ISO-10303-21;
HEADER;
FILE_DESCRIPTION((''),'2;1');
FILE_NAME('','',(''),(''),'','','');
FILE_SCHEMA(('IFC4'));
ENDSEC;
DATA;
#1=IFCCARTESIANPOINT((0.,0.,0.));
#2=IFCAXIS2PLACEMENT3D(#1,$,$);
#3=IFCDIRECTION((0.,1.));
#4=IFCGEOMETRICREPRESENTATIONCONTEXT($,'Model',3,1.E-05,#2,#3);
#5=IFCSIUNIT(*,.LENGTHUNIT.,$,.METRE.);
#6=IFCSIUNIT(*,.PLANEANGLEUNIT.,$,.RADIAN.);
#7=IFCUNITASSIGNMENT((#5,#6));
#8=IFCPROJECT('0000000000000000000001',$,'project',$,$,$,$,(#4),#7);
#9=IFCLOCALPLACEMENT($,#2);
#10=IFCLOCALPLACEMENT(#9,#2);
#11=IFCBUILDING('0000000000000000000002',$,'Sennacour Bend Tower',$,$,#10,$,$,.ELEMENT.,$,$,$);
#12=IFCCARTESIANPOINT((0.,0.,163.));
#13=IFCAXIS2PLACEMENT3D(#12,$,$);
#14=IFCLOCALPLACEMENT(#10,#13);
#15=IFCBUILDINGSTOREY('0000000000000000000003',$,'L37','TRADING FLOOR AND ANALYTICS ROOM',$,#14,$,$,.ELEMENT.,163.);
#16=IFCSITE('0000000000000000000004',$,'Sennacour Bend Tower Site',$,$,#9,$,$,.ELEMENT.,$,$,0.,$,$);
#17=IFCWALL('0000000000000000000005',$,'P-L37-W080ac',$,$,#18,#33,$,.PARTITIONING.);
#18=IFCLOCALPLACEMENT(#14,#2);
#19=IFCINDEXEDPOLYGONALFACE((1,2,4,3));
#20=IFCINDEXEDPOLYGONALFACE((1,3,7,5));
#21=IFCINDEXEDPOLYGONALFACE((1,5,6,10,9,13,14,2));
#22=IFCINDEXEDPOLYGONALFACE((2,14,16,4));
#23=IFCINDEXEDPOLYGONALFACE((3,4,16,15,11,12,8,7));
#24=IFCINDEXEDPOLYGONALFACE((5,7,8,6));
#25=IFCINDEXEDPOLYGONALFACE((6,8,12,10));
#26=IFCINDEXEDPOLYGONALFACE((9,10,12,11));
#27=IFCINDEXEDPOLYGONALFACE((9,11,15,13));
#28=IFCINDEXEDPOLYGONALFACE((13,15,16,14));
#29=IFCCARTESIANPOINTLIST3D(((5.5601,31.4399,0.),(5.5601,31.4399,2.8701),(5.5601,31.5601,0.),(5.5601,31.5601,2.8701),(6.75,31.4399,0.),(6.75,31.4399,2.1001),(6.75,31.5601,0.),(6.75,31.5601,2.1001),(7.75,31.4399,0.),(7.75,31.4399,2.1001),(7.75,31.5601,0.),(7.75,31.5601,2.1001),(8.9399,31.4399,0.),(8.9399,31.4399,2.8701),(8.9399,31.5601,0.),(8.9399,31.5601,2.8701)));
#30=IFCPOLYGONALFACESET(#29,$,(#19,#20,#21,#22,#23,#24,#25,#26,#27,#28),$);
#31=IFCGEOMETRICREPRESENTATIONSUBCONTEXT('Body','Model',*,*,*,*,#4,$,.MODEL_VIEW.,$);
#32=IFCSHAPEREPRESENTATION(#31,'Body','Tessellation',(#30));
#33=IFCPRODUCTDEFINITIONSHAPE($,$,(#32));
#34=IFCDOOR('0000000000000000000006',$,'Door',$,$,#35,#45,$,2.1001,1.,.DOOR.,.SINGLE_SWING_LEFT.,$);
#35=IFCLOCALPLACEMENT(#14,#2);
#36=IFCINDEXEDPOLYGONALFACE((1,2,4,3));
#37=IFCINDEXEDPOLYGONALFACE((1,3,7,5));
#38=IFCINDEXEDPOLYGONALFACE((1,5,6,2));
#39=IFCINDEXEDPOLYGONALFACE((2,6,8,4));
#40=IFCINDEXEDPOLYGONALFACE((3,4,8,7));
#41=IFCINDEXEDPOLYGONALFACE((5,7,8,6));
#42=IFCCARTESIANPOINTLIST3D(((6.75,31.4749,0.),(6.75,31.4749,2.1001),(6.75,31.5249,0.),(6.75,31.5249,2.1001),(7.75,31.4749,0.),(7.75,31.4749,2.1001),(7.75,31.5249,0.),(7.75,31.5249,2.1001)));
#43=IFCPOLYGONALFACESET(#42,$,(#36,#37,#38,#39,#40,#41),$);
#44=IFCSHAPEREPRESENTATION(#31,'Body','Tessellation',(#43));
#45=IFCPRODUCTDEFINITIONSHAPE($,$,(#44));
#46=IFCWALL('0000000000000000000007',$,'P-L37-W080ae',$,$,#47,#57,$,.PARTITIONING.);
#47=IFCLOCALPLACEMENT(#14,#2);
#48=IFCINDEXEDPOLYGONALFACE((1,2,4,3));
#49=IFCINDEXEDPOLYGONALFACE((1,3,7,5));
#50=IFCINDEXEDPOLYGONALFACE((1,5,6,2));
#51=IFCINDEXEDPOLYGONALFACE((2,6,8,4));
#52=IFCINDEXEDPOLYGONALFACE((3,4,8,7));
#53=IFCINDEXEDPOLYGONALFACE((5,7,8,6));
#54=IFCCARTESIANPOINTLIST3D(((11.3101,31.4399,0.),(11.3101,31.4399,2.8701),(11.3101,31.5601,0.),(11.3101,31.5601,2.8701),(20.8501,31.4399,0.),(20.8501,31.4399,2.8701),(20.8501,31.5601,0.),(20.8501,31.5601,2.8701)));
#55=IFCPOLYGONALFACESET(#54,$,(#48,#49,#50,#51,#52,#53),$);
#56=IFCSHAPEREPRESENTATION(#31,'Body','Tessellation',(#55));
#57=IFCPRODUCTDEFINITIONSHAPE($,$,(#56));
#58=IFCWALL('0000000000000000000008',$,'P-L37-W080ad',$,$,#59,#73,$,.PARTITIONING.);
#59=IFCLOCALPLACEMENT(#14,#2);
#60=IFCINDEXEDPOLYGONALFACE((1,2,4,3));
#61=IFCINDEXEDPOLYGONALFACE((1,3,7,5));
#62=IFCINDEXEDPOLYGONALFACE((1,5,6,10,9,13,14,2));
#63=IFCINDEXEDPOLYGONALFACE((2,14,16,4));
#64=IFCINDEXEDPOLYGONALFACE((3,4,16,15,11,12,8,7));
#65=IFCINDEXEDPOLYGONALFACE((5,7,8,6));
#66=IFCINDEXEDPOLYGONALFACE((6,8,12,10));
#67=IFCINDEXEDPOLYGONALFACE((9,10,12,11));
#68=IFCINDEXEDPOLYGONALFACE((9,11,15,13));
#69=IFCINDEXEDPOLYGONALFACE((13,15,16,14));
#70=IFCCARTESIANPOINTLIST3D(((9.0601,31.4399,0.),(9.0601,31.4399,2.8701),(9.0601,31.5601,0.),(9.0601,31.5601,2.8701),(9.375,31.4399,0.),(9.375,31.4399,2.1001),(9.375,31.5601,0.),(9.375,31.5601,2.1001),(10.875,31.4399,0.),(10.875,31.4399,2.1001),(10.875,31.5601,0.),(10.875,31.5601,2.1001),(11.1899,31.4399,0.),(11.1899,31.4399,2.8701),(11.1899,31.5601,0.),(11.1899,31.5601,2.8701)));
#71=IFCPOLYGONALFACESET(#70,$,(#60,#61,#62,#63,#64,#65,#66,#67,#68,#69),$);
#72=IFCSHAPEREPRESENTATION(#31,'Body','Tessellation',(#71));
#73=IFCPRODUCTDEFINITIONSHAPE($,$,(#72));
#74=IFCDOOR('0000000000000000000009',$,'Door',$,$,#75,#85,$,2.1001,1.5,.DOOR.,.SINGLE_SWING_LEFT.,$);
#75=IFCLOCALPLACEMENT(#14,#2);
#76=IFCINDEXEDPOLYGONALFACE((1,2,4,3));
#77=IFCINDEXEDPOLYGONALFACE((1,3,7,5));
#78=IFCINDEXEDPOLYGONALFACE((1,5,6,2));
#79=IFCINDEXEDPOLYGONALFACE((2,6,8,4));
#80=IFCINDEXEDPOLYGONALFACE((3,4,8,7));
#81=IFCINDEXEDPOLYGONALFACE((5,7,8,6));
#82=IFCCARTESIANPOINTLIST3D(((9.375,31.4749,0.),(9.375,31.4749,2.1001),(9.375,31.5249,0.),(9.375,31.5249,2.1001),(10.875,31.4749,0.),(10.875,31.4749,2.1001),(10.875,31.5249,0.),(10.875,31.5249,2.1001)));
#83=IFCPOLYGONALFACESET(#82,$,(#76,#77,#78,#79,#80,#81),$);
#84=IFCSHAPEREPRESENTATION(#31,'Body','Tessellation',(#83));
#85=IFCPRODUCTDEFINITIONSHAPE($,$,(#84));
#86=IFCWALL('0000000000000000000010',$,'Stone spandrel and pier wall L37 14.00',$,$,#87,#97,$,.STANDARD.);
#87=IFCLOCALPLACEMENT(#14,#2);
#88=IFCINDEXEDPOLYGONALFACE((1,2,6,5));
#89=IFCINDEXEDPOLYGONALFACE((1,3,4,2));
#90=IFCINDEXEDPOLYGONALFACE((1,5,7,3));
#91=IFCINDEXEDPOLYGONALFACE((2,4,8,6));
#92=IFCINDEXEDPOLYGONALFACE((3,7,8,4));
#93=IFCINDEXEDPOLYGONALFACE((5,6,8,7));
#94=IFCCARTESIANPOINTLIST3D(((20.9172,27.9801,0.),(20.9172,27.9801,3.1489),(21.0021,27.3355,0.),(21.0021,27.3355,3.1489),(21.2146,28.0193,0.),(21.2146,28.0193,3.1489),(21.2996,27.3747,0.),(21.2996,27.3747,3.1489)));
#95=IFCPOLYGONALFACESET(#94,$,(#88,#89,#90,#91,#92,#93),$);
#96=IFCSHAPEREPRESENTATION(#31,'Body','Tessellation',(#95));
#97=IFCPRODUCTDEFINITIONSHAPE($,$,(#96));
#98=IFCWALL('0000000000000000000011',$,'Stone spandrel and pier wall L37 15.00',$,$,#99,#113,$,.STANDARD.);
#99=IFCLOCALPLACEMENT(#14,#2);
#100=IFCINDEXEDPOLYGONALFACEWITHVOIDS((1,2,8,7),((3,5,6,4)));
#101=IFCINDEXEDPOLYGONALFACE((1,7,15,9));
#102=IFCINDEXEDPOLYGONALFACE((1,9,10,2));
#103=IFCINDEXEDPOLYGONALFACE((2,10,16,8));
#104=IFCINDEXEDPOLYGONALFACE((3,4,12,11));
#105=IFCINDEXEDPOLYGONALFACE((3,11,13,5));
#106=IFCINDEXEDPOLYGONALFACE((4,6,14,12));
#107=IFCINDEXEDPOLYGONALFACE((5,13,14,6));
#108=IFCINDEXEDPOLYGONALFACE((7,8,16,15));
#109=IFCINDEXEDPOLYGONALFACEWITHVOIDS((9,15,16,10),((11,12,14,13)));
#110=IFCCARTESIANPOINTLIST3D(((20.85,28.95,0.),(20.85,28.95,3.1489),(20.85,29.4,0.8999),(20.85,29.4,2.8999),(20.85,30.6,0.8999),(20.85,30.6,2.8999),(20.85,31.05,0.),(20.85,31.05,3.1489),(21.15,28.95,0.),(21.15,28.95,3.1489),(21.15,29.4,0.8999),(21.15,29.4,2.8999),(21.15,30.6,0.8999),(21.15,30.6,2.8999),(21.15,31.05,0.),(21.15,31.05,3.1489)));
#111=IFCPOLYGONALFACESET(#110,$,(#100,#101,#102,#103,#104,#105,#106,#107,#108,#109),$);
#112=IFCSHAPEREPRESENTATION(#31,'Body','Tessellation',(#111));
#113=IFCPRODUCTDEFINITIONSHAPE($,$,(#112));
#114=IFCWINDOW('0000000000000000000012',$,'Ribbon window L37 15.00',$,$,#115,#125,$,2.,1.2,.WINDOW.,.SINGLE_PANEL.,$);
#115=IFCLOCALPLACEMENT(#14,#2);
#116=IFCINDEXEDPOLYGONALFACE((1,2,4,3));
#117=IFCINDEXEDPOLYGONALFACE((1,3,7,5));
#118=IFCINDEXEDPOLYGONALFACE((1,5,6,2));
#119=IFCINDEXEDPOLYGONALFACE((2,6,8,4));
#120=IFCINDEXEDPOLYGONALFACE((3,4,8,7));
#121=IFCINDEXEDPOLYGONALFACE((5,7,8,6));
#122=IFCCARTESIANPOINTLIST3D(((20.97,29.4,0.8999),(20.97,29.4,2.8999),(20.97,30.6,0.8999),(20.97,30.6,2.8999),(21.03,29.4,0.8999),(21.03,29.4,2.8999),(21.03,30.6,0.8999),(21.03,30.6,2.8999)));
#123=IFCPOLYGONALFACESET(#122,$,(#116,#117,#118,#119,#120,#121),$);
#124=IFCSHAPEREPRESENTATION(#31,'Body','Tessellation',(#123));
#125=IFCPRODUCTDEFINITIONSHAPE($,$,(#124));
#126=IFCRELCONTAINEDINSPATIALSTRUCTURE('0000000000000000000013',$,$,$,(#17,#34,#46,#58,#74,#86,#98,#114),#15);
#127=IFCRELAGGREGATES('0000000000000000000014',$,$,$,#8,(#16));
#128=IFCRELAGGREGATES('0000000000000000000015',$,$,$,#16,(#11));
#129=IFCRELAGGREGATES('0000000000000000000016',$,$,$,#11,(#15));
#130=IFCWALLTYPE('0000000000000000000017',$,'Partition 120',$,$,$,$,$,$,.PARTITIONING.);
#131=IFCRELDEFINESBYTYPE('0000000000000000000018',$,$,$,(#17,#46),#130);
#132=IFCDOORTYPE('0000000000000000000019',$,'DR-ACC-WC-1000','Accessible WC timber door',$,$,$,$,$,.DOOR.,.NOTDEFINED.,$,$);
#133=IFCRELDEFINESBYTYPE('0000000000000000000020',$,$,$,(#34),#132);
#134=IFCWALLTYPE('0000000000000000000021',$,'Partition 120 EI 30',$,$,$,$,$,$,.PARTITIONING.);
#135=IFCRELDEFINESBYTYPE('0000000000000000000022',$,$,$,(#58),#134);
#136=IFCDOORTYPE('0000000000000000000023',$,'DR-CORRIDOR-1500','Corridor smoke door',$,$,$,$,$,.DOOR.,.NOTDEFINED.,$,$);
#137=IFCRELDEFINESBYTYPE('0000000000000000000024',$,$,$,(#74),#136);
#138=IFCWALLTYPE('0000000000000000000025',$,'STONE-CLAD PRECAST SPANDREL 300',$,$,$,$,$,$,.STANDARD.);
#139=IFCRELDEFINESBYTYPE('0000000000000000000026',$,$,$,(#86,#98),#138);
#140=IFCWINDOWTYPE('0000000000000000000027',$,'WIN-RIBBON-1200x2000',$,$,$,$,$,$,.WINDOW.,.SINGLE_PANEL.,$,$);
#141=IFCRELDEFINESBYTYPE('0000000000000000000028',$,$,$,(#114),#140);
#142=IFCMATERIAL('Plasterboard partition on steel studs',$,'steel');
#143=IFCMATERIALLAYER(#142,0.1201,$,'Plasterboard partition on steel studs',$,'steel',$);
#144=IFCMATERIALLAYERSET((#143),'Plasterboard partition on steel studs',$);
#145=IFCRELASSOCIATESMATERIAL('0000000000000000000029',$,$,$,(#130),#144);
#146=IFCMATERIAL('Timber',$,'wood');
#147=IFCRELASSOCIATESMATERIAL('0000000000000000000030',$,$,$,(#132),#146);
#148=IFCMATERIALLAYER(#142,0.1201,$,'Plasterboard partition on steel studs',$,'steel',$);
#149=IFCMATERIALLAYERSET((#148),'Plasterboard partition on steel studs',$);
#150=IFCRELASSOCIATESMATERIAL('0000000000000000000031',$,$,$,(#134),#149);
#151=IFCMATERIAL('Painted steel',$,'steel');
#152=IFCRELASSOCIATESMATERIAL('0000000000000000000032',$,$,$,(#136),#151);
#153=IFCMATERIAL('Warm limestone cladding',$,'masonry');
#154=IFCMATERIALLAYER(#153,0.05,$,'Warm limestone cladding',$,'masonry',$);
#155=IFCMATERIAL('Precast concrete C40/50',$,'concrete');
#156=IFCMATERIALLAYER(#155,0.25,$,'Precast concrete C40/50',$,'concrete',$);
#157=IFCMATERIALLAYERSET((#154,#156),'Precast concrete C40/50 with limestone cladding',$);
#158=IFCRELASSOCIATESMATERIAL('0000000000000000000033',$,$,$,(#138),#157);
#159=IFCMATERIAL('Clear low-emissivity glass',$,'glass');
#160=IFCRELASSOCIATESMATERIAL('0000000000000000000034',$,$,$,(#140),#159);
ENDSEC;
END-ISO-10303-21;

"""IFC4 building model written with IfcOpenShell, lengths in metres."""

from ifc_helpers import new_model, si_unit, direction, frame, frame_2d, origin, place, context, subcontext, project, spatial, rectangle, extrude, material, layer, layer_set, type_object, element, fill, save


model = new_model("IFC4")

# Units and contexts
model_context = context("Model", 3, precision=1e-05, world=origin(), true_north=direction((0.0, 1.0)))
body_context = subcontext(model_context, "Body", "Model", "MODEL_VIEW")
ifc_project = project(units=[si_unit("LENGTHUNIT", "METRE"), si_unit("PLANEANGLEUNIT", "RADIAN")], contexts=[model_context])

# Site, building, storey
site_placement = place(None, origin())
site = spatial("IfcSite", under=ifc_project, at=site_placement, Name="Sennacour Bend Tower Site", CompositionType="ELEMENT", RefElevation=0.0)
building_placement = place(site_placement, origin())
building = spatial("IfcBuilding", under=site, at=building_placement, Name="Sennacour Bend Tower", CompositionType="ELEMENT")
storey_placement = place(building_placement, frame((0.0, 0.0, 163.0)))
storey = spatial("IfcBuildingStorey", under=building, at=storey_placement, Name="L37", Description="TRADING FLOOR AND ANALYTICS ROOM", CompositionType="ELEMENT", Elevation=163.0)

# Shared definitions
ifc_material_1 = material(Name="Plasterboard partition on steel studs", Category="steel")
ifc_layer_1 = layer(ifc_material_1, 0.1201, Name="Plasterboard partition on steel studs", Category="steel")
ifc_layer_set_1 = layer_set([ifc_layer_1], Name="Plasterboard partition on steel studs")
wall_type_1 = type_object("IfcWallType", Name="Partition 120", PredefinedType="PARTITIONING", material=ifc_layer_set_1)

# Wall, opening, door
wall_1_placement = place(storey_placement, frame((5.5601, 31.5, 0.0), z_axis=(0.0, 0.0, 1.0), x_axis=(1.0, 0.0, 0.0)))
wall_1 = element("IfcWall", 1, at=wall_1_placement, inside=storey, type_object=wall_type_1, Name="P-L37-W080ac", PredefinedType="PARTITIONING", context=body_context, shape_type="SweptSolid", body=[
    extrude(rectangle(XDim=3.3799, YDim=0.1201, at=frame_2d((1.6899, 0.0))), origin(), (0.0, 0.0, 1.0), 2.8701),
])
opening_1_placement = place(wall_1_placement, frame((1.1899, 0.0, 0.0)))
opening_1 = element("IfcOpeningElement", 2, at=opening_1_placement, cuts=wall_1, PredefinedType="OPENING", context=body_context, shape_type="SweptSolid", body=[
    extrude(rectangle(XDim=1.0, YDim=2.1001, at=frame_2d((0.5, 1.05))), frame((0.0, 0.0701, 0.0), z_axis=(0.0, -1.0, 0.0), x_axis=(1.0, 0.0, 0.0)), (0.0, 0.0, 1.0), 0.1401),
])
ifc_material_2 = material(Name="Timber", Category="wood")
door_type_1 = type_object("IfcDoorType", Name="DR-ACC-WC-1000", Description="Accessible WC timber door", OperationType="NOTDEFINED", PredefinedType="DOOR", material=ifc_material_2)
door_1_placement = place(opening_1_placement, origin())
door_1 = element("IfcDoor", 3, at=door_1_placement, inside=storey, type_object=door_type_1, Name="Door", OperationType="SINGLE_SWING_LEFT", OverallHeight=2.1001, OverallWidth=1.0, PredefinedType="DOOR", context=body_context, shape_type="SweptSolid", body=[
    extrude(rectangle(XDim=1.0, YDim=2.1001, at=frame_2d((0.5, 1.05))), frame((0.0, 0.0249, 0.0), z_axis=(0.0, -1.0, 0.0), x_axis=(1.0, 0.0, 0.0)), (0.0, 0.0, 1.0), 0.05),
])
fill(opening_1, door_1)

# Wall
wall_2_placement = place(storey_placement, frame((11.3101, 31.5, 0.0), z_axis=(0.0, 0.0, 1.0), x_axis=(1.0, 0.0, 0.0)))
element("IfcWall", 4, at=wall_2_placement, inside=storey, type_object=wall_type_1, Name="P-L37-W080ae", PredefinedType="PARTITIONING", context=body_context, shape_type="SweptSolid", body=[
    extrude(rectangle(XDim=9.54, YDim=0.1201, at=frame_2d((4.77, 0.0))), origin(), (0.0, 0.0, 1.0), 2.8701),
])

# Wall, opening, door
ifc_layer_2 = layer(ifc_material_1, 0.1201, Name="Plasterboard partition on steel studs", Category="steel")
ifc_layer_set_2 = layer_set([ifc_layer_2], Name="Plasterboard partition on steel studs")
wall_type_2 = type_object("IfcWallType", Name="Partition 120 EI 30", PredefinedType="PARTITIONING", material=ifc_layer_set_2)
wall_3_placement = place(storey_placement, frame((9.0601, 31.5, 0.0), z_axis=(0.0, 0.0, 1.0), x_axis=(1.0, 0.0, 0.0)))
wall_3 = element("IfcWall", 5, at=wall_3_placement, inside=storey, type_object=wall_type_2, Name="P-L37-W080ad", PredefinedType="PARTITIONING", context=body_context, shape_type="SweptSolid", body=[
    extrude(rectangle(XDim=2.1299, YDim=0.1201, at=frame_2d((1.0649, 0.0))), origin(), (0.0, 0.0, 1.0), 2.8701),
])
opening_2_placement = place(wall_3_placement, frame((0.3149, 0.0, 0.0)))
opening_2 = element("IfcOpeningElement", 6, at=opening_2_placement, cuts=wall_3, PredefinedType="OPENING", context=body_context, shape_type="SweptSolid", body=[
    extrude(rectangle(XDim=1.5, YDim=2.1001, at=frame_2d((0.75, 1.05))), frame((0.0, 0.0701, 0.0), z_axis=(0.0, -1.0, 0.0), x_axis=(1.0, 0.0, 0.0)), (0.0, 0.0, 1.0), 0.1401),
])
ifc_material_3 = material(Name="Painted steel", Category="steel")
door_type_2 = type_object("IfcDoorType", Name="DR-CORRIDOR-1500", Description="Corridor smoke door", OperationType="NOTDEFINED", PredefinedType="DOOR", material=ifc_material_3)
door_2_placement = place(opening_2_placement, origin())
door_2 = element("IfcDoor", 7, at=door_2_placement, inside=storey, type_object=door_type_2, Name="Door", OperationType="SINGLE_SWING_LEFT", OverallHeight=2.1001, OverallWidth=1.5, PredefinedType="DOOR", context=body_context, shape_type="SweptSolid", body=[
    extrude(rectangle(XDim=1.5, YDim=2.1001, at=frame_2d((0.75, 1.05))), frame((0.0, 0.0249, 0.0), z_axis=(0.0, -1.0, 0.0), x_axis=(1.0, 0.0, 0.0)), (0.0, 0.0, 1.0), 0.05),
])
fill(opening_2, door_2)

# Wall
ifc_material_4 = material(Name="Warm limestone cladding", Category="masonry")
ifc_layer_3 = layer(ifc_material_4, 0.05, Name="Warm limestone cladding", Category="masonry")
ifc_material_5 = material(Name="Precast concrete C40/50", Category="concrete")
ifc_layer_4 = layer(ifc_material_5, 0.25, Name="Precast concrete C40/50", Category="concrete")
ifc_layer_set_3 = layer_set([ifc_layer_3, ifc_layer_4], Name="Precast concrete C40/50 with limestone cladding")
wall_type_3 = type_object("IfcWallType", Name="STONE-CLAD PRECAST SPANDREL 300", PredefinedType="STANDARD", material=ifc_layer_set_3)
wall_4_placement = place(storey_placement, frame((21.1509, 27.355, 0.0), z_axis=(0.0, 0.0, 1.0), x_axis=(-0.130688, 0.991424, 0.0)))
element("IfcWall", 8, at=wall_4_placement, inside=storey, type_object=wall_type_3, Name="Stone spandrel and pier wall L37 14.00", PredefinedType="STANDARD", context=body_context, shape_type="SweptSolid", body=[
    extrude(rectangle(XDim=0.6501, YDim=0.3, at=frame_2d((0.3252, 0.0))), origin(), (0.0, 0.0, 1.0), 3.1489),
])

# Wall, opening, window
wall_5_placement = place(storey_placement, frame((21.0, 28.95, 0.0), z_axis=(0.0, 0.0, 1.0), x_axis=(0.0, 1.0, 0.0)))
wall_5 = element("IfcWall", 9, at=wall_5_placement, inside=storey, type_object=wall_type_3, Name="Stone spandrel and pier wall L37 15.00", PredefinedType="STANDARD", context=body_context, shape_type="SweptSolid", body=[
    extrude(rectangle(XDim=2.1001, YDim=0.3, at=frame_2d((1.05, 0.0))), origin(), (0.0, 0.0, 1.0), 3.1489),
])
opening_3_placement = place(wall_5_placement, frame((0.45, 0.0, 0.8999)))
opening_3 = element("IfcOpeningElement", 10, at=opening_3_placement, cuts=wall_5, PredefinedType="OPENING", context=body_context, shape_type="SweptSolid", body=[
    extrude(rectangle(XDim=1.2, YDim=2.0, at=frame_2d((0.6001, 1.0))), frame((0.0, 0.1602, 0.0), z_axis=(0.0, -1.0, 0.0), x_axis=(1.0, 0.0, 0.0)), (0.0, 0.0, 1.0), 0.3201),
])
ifc_material_6 = material(Name="Clear low-emissivity glass", Category="glass")
window_type_1 = type_object("IfcWindowType", Name="WIN-RIBBON-1200x2000", PartitioningType="SINGLE_PANEL", PredefinedType="WINDOW", material=ifc_material_6)
window_1_placement = place(opening_3_placement, origin())
window_1 = element("IfcWindow", 11, at=window_1_placement, inside=storey, type_object=window_type_1, Name="Ribbon window L37 15.00", OverallHeight=2.0, OverallWidth=1.2, PartitioningType="SINGLE_PANEL", PredefinedType="WINDOW", context=body_context, shape_type="SweptSolid", body=[
    extrude(rectangle(XDim=1.2, YDim=2.0, at=frame_2d((0.6001, 1.0))), frame((0.0, 0.03, 0.0), z_axis=(0.0, -1.0, 0.0), x_axis=(1.0, 0.0, 0.0)), (0.0, 0.0, 1.0), 0.0601),
])
fill(opening_3, window_1)

save(model, "model.ifc")
